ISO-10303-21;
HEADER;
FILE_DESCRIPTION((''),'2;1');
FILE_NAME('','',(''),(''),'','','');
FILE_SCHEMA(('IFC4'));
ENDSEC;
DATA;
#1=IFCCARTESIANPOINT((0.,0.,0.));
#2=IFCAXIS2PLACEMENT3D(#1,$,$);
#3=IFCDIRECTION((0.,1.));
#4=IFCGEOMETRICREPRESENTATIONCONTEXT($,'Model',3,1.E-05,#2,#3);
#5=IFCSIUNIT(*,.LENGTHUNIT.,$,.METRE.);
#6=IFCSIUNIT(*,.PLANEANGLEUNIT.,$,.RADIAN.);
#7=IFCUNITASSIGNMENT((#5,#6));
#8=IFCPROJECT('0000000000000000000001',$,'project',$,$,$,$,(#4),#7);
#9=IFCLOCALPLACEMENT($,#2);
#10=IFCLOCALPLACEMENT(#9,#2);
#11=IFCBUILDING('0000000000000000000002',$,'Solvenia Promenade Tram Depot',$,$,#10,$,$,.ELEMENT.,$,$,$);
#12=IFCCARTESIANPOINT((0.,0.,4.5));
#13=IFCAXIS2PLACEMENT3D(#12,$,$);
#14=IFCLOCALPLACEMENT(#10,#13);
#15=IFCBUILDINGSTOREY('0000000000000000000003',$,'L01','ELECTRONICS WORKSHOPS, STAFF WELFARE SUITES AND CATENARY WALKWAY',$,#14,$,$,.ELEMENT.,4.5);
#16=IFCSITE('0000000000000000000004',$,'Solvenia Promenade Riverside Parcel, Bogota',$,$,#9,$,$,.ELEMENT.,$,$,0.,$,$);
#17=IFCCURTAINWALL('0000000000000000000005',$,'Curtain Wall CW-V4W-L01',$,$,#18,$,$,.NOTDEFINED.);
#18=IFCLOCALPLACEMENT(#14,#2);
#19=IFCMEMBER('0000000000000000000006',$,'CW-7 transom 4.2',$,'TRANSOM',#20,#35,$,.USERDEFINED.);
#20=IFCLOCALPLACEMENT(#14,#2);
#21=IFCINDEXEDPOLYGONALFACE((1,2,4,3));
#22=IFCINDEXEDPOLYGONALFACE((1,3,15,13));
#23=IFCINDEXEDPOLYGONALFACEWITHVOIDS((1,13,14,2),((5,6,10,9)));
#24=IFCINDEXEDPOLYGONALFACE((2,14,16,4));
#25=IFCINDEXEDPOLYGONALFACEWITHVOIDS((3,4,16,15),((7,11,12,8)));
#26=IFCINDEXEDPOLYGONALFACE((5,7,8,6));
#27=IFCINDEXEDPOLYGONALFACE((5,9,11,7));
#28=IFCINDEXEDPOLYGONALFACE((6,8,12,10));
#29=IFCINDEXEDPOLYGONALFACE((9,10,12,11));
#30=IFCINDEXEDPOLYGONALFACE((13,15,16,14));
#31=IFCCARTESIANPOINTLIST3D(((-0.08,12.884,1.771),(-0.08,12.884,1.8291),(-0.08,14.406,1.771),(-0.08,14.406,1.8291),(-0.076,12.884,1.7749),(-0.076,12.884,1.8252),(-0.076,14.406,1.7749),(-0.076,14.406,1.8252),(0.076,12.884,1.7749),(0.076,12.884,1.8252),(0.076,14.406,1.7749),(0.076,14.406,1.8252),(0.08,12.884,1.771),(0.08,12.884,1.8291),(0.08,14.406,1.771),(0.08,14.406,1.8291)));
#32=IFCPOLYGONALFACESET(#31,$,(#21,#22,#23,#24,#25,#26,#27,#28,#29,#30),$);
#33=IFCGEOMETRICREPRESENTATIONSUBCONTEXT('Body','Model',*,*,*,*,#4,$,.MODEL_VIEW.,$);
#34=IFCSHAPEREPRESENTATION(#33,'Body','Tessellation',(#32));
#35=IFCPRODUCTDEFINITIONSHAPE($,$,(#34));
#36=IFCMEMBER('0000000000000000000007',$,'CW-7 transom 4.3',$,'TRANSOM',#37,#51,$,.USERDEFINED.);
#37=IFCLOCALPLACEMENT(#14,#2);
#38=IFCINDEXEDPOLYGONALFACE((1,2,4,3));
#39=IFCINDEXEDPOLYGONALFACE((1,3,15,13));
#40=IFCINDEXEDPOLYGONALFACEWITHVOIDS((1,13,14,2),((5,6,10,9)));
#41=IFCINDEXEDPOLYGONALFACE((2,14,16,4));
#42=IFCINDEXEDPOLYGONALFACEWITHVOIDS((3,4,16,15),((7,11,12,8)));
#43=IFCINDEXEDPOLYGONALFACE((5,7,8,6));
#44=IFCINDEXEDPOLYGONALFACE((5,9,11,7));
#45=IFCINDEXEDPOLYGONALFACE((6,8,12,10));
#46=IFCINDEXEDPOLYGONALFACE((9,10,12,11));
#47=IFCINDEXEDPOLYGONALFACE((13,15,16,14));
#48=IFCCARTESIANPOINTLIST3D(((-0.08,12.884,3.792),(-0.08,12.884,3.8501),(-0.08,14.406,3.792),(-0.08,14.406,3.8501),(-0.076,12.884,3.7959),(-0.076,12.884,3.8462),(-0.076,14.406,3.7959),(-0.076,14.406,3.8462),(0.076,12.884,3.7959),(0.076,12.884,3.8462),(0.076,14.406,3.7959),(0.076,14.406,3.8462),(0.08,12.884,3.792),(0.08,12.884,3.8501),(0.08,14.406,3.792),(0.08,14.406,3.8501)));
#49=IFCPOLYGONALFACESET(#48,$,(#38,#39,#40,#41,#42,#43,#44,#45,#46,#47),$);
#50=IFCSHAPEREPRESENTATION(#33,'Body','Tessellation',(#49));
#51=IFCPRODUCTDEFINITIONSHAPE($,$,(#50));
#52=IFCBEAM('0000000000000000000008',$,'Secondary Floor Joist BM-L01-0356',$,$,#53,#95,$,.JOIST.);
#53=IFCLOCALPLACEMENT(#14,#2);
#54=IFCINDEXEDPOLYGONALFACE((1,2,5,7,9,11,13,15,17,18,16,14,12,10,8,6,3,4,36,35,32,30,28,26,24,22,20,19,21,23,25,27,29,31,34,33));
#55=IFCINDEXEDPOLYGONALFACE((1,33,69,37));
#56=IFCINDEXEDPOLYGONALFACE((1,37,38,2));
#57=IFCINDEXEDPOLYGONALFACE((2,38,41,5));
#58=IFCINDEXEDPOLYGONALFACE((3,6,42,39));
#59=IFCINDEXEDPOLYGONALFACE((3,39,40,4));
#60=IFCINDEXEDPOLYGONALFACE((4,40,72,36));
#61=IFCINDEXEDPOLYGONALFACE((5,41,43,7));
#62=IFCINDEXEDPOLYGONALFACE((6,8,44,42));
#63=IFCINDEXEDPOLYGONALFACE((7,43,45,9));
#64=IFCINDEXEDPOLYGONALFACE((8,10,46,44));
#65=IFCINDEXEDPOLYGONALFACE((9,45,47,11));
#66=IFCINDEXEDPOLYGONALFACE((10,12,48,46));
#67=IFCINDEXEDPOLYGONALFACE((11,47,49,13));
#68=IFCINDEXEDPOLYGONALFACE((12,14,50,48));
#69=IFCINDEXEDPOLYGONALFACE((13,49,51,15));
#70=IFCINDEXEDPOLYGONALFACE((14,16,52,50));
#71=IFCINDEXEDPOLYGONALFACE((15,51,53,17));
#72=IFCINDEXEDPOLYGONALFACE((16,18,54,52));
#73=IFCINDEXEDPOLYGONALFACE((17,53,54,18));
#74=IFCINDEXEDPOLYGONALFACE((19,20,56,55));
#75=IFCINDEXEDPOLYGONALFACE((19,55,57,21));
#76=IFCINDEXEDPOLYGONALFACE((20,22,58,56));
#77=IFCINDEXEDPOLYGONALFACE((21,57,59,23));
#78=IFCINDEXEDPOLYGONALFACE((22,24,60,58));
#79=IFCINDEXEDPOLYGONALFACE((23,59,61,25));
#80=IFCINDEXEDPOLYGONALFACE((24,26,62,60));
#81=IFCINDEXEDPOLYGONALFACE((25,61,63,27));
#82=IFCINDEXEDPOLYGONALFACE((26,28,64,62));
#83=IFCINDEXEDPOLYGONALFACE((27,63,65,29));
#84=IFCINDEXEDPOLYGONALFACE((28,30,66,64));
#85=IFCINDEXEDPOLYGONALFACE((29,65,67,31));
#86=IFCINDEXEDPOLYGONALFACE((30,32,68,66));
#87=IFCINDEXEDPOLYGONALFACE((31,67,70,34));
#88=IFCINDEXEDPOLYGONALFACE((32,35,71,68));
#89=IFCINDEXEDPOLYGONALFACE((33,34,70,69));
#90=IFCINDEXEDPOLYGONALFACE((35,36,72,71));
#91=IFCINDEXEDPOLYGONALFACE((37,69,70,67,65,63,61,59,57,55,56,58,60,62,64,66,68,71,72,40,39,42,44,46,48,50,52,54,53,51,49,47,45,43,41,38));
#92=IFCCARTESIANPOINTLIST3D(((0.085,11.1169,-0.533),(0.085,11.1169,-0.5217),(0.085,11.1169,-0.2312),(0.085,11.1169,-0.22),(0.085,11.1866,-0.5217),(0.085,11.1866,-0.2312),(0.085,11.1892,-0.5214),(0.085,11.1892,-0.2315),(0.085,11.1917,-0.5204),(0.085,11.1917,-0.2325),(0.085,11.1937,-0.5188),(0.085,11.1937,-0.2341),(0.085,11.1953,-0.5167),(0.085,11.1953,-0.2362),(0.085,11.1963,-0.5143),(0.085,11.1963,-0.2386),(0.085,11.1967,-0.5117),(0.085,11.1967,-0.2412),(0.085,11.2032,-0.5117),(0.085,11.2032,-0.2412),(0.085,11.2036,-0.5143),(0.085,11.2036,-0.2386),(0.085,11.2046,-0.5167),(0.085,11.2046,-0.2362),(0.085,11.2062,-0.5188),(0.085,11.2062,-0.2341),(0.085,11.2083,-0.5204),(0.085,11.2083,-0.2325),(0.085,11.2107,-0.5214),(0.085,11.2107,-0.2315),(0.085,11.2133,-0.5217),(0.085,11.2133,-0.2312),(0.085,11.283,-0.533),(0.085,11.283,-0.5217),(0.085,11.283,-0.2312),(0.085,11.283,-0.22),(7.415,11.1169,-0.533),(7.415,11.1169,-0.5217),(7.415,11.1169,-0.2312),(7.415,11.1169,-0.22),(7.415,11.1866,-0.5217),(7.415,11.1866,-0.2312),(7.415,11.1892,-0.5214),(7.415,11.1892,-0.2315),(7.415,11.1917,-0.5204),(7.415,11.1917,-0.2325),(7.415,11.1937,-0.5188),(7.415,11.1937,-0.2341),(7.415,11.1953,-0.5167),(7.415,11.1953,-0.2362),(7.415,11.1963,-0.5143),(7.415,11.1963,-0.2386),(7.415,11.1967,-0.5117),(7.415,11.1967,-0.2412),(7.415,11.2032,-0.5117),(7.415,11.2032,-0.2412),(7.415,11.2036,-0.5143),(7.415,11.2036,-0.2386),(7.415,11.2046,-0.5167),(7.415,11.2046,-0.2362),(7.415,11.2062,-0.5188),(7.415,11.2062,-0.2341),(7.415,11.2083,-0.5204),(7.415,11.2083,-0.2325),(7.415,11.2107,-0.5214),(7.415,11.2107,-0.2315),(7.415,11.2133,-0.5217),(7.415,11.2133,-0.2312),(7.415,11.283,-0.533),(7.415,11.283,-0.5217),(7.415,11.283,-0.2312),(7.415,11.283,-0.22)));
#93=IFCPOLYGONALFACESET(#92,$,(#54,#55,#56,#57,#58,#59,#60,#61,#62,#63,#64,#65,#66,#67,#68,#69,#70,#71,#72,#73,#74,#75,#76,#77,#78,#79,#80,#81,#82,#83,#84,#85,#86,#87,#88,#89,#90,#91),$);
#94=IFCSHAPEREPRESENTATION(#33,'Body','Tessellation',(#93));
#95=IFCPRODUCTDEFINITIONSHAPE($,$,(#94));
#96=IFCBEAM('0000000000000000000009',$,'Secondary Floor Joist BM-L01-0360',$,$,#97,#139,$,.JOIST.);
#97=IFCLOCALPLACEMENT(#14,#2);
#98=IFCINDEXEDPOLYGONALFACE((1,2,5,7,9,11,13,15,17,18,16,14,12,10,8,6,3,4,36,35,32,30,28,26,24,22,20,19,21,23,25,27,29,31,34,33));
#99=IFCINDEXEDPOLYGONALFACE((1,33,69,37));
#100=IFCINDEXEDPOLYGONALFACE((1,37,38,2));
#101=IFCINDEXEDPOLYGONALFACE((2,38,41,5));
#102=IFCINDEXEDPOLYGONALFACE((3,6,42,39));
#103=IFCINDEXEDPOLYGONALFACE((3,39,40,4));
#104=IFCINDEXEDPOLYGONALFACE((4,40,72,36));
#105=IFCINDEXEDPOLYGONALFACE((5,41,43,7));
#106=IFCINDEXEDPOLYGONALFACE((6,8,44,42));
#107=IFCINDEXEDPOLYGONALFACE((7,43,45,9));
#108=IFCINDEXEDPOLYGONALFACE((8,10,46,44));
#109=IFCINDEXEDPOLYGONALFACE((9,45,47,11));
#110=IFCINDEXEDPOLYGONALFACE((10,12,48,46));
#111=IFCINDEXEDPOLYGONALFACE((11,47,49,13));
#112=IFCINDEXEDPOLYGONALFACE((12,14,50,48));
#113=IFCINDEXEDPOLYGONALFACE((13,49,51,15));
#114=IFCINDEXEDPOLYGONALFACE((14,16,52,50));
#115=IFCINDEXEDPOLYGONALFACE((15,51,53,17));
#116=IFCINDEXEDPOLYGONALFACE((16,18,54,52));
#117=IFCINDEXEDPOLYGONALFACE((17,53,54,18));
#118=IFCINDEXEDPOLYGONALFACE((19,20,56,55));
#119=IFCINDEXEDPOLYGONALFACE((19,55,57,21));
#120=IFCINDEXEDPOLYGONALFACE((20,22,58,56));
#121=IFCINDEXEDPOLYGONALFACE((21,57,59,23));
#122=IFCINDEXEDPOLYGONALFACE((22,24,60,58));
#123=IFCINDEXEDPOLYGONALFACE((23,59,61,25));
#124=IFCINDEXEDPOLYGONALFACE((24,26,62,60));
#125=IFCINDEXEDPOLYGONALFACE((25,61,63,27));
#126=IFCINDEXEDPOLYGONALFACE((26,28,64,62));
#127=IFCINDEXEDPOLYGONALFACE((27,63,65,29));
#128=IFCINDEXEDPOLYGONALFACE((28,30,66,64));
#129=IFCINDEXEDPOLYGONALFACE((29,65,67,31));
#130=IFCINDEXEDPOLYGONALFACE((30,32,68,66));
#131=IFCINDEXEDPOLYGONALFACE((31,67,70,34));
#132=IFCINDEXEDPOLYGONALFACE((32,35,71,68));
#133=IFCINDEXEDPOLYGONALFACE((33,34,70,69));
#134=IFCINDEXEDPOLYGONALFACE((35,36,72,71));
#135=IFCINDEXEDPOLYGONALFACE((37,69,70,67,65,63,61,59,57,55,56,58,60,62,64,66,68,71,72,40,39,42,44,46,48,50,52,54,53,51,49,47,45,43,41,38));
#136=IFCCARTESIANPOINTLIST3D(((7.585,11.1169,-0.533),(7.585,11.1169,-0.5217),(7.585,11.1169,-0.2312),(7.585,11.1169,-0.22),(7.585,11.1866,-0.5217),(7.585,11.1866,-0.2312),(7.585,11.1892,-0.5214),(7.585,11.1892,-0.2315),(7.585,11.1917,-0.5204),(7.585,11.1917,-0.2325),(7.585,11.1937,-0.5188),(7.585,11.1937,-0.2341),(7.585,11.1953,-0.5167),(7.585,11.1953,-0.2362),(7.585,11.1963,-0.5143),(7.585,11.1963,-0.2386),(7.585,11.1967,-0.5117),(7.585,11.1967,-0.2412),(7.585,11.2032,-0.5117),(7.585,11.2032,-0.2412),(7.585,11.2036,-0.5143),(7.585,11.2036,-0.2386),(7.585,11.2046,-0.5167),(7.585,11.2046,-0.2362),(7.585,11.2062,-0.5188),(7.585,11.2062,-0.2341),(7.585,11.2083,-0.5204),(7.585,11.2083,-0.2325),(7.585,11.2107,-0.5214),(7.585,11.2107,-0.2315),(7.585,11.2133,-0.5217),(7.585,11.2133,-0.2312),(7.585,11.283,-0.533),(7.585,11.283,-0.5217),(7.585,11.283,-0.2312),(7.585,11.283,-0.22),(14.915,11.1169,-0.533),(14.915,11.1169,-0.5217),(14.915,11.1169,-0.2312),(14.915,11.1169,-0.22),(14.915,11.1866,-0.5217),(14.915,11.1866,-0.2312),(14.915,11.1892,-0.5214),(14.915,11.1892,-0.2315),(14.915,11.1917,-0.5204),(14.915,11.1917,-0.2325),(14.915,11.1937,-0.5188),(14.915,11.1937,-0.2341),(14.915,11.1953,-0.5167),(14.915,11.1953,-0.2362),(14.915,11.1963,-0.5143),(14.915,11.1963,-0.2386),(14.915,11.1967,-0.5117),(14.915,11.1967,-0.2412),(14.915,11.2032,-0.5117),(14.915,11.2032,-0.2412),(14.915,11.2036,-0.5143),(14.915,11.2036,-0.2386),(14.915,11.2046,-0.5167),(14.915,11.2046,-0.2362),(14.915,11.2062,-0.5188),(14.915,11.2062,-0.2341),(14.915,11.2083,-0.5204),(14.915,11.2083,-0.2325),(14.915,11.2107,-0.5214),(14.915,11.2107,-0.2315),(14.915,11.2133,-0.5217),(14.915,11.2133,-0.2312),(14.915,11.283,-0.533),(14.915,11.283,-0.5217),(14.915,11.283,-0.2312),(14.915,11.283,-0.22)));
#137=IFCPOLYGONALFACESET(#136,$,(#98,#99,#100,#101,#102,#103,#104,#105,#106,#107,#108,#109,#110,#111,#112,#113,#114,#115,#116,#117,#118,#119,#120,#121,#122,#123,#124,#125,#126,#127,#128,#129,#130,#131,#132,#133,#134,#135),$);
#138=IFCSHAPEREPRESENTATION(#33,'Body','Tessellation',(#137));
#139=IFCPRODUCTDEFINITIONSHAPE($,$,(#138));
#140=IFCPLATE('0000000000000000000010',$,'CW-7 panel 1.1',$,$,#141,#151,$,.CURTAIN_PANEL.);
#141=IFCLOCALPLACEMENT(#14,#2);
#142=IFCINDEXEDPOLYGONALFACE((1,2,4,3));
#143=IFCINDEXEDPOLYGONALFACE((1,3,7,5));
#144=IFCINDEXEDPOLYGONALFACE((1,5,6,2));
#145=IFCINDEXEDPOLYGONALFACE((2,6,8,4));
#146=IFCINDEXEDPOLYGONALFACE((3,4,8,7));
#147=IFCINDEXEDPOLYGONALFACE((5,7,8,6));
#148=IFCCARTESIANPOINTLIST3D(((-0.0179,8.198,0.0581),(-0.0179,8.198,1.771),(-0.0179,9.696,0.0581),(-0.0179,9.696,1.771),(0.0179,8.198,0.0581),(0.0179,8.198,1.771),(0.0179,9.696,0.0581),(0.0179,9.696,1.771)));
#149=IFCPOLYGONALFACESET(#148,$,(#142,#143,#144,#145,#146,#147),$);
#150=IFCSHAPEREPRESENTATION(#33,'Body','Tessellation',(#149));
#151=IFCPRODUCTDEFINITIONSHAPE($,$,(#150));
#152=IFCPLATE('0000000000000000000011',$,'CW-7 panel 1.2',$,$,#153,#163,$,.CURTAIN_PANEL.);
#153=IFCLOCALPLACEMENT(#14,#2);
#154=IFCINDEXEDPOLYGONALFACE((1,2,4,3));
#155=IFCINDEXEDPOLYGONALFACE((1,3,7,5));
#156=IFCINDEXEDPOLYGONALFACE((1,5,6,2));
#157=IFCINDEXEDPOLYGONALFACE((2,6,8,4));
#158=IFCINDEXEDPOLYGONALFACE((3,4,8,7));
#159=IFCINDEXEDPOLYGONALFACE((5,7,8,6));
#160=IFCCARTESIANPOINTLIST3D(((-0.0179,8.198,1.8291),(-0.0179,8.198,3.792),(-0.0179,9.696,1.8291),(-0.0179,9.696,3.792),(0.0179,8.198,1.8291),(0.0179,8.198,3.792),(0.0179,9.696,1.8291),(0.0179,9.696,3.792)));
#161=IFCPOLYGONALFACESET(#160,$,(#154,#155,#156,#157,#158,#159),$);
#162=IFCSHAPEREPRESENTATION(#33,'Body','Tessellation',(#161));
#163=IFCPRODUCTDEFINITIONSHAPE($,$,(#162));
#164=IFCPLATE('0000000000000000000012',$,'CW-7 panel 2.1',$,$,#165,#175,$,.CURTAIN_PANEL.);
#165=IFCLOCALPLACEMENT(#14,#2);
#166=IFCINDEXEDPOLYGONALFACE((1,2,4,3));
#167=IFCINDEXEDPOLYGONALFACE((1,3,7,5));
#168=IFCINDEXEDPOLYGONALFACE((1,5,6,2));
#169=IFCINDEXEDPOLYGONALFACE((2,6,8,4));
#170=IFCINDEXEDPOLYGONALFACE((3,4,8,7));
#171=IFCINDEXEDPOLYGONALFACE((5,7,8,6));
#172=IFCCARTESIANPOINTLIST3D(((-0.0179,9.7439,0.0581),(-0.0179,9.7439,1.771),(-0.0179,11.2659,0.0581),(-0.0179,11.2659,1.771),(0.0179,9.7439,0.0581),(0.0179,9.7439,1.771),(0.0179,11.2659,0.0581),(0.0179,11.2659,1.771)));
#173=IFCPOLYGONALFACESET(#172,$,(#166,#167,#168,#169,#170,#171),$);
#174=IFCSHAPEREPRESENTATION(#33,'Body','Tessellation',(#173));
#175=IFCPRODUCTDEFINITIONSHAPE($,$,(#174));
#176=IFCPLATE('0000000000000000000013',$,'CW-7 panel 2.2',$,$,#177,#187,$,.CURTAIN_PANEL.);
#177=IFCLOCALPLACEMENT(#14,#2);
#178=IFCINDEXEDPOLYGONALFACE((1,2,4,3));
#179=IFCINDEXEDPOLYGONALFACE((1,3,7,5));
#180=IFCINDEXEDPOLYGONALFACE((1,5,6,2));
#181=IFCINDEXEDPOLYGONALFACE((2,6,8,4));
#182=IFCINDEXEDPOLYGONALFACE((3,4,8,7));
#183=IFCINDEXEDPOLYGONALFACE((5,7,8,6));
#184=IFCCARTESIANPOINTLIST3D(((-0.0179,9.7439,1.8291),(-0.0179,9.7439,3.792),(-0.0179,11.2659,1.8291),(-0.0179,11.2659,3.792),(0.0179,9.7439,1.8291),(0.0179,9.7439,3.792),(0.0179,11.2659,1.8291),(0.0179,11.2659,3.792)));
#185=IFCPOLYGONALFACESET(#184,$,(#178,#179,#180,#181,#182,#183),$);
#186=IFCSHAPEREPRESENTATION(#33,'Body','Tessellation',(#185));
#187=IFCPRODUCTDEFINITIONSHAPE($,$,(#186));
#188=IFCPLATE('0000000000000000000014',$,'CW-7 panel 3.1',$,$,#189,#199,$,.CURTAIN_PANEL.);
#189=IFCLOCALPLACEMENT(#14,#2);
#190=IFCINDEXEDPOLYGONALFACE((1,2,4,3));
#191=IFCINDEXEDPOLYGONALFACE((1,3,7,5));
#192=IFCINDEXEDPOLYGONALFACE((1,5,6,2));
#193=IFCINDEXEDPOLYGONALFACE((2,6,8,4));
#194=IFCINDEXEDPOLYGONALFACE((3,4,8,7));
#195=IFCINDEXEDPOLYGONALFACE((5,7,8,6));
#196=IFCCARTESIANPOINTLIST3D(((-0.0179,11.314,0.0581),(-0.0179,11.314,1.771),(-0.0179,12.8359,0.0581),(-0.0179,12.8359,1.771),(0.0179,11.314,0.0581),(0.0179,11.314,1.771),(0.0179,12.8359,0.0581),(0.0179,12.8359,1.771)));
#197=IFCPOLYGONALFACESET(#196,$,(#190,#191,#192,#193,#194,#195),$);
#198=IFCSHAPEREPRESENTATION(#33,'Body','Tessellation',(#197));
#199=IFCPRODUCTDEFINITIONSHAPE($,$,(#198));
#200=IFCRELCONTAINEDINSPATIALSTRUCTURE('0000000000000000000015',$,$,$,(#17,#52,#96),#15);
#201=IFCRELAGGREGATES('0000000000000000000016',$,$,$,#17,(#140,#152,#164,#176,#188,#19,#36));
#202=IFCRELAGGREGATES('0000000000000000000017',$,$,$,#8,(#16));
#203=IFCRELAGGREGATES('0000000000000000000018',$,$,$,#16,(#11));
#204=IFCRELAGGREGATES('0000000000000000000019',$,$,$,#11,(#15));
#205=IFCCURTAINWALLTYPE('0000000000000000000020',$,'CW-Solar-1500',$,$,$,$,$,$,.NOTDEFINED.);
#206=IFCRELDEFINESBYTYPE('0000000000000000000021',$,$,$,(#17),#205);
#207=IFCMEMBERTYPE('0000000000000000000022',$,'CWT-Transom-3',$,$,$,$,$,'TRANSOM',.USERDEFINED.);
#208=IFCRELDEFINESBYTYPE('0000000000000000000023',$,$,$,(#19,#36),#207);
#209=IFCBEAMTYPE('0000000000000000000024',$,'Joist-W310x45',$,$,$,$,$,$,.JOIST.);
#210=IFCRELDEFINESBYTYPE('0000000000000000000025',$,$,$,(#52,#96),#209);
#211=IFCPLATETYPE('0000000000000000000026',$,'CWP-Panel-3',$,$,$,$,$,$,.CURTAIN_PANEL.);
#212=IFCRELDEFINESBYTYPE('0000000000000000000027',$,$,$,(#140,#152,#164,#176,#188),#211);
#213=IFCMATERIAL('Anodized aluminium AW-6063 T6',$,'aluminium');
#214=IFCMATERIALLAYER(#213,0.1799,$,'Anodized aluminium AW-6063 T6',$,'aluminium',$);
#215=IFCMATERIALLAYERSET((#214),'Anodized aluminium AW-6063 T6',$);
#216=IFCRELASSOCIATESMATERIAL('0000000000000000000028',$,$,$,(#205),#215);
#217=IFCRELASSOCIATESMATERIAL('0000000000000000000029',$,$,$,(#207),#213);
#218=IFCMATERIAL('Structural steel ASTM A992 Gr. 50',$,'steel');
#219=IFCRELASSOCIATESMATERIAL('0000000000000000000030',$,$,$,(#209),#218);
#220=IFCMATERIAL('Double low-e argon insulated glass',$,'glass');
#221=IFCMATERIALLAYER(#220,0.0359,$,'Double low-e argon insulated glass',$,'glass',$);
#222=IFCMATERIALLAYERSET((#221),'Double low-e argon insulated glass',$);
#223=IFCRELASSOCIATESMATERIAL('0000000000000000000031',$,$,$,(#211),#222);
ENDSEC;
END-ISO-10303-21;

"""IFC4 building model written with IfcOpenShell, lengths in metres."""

from ifc_helpers import new_model, si_unit, direction, frame, origin, origin_2d, place, context, subcontext, project, spatial, rectangle, hollow_rectangle, i_section, extrude, material, layer, layer_set, material_profile, profile_set, type_object, element, aggregate, save


model = new_model("IFC4")

# Units and contexts
model_context = context("Model", 3, precision=1e-05, world=origin(), true_north=direction((0.0, 1.0)))
body_context = subcontext(model_context, "Body", "Model", "MODEL_VIEW")
ifc_project = project(units=[si_unit("LENGTHUNIT", "METRE"), si_unit("PLANEANGLEUNIT", "RADIAN")], contexts=[model_context])

# Site, building, storey
site_placement = place(None, origin())
site = spatial("IfcSite", under=ifc_project, at=site_placement, Name="Solvenia Promenade Riverside Parcel, Bogota", CompositionType="ELEMENT", RefElevation=0.0)
building_placement = place(site_placement, origin())
building = spatial("IfcBuilding", under=site, at=building_placement, Name="Solvenia Promenade Tram Depot", CompositionType="ELEMENT")
storey_placement = place(building_placement, frame((0.0, 0.0, 4.5)))
storey = spatial("IfcBuildingStorey", under=building, at=storey_placement, Name="L01", Description="ELECTRONICS WORKSHOPS, STAFF WELFARE SUITES AND CATENARY WALKWAY", CompositionType="ELEMENT", Elevation=4.5)

# Curtain wall, members
ifc_material_1 = material(Name="Anodized aluminium AW-6063 T6", Category="aluminium")
ifc_layer_1 = layer(ifc_material_1, 0.1799, Name="Anodized aluminium AW-6063 T6", Category="aluminium")
ifc_layer_set_1 = layer_set([ifc_layer_1], Name="Anodized aluminium AW-6063 T6")
curtain_wall_type = type_object("IfcCurtainWallType", Name="CW-Solar-1500", PredefinedType="NOTDEFINED", material=ifc_layer_set_1)
curtain_wall_placement = place(storey_placement, origin())
curtain_wall = element("IfcCurtainWall", 1, at=curtain_wall_placement, inside=storey, type_object=curtain_wall_type, Name="Curtain Wall CW-V4W-L01", PredefinedType="NOTDEFINED")
ifc_material_profile_1 = material_profile(ifc_material_1, hollow_rectangle(XDim=0.1599, YDim=0.0581, WallThickness=0.0039, at=origin_2d()), Name="ALU-T3", Category="aluminium")
ifc_profile_set_1 = profile_set([ifc_material_profile_1], Name="Anodized aluminium AW-6063 T6")
member_type_1 = type_object("IfcMemberType", Name="CWT-Transom-3", ElementType="TRANSOM", PredefinedType="USERDEFINED", material=ifc_profile_set_1)
member_1_placement = place(storey_placement, frame((0.0, 12.884, 1.8), z_axis=(0.0, 1.0, 0.0), x_axis=(-1.0, 0.0, 0.0)))
member_1 = element("IfcMember", 2, at=member_1_placement, type_object=member_type_1, Name="CW-7 transom 4.2", ObjectType="TRANSOM", PredefinedType="USERDEFINED", context=body_context, shape_type="SweptSolid", body=[
    extrude(hollow_rectangle(XDim=0.1599, YDim=0.0581, WallThickness=0.0039, at=origin_2d()), origin(), (0.0, 0.0, 1.0), 1.522),
])
member_2_placement = place(storey_placement, frame((0.0, 12.884, 3.821), z_axis=(0.0, 1.0, 0.0), x_axis=(-1.0, 0.0, 0.0)))
member_2 = element("IfcMember", 3, at=member_2_placement, type_object=member_type_1, Name="CW-7 transom 4.3", ObjectType="TRANSOM", PredefinedType="USERDEFINED", context=body_context, shape_type="SweptSolid", body=[
    extrude(hollow_rectangle(XDim=0.1599, YDim=0.0581, WallThickness=0.0039, at=origin_2d()), origin(), (0.0, 0.0, 1.0), 1.522),
])

# Beams
ifc_material_2 = material(Name="Structural steel ASTM A992 Gr. 50", Category="steel")
ifc_material_profile_2 = material_profile(ifc_material_2, i_section(OverallWidth=0.166, OverallDepth=0.313, WebThickness=0.0066, FlangeThickness=0.0112, FilletRadius=0.01, at=origin_2d()), Name="W310x45", Category="steel")
ifc_profile_set_2 = profile_set([ifc_material_profile_2], Name="Structural steel ASTM A992 Gr. 50")
beam_type = type_object("IfcBeamType", Name="Joist-W310x45", PredefinedType="JOIST", material=ifc_profile_set_2)
for number, where, z_axis, x_axis, name in (
    (4, (0.085, 11.2, -0.3765), (1.0, 0.0, 0.0), (0.0, 1.0, 0.0), "Secondary Floor Joist BM-L01-0356"),
    (5, (7.585, 11.2, -0.3765), (1.0, 0.0, 0.0), (0.0, 1.0, 0.0), "Secondary Floor Joist BM-L01-0360"),
):
    element("IfcBeam", number, at=place(storey_placement, frame(where, z_axis=z_axis, x_axis=x_axis)), inside=storey, type_object=beam_type, Name=name, PredefinedType="JOIST", context=body_context, shape_type="SweptSolid", body=[
        extrude(i_section(OverallWidth=0.166, OverallDepth=0.313, WebThickness=0.0066, FlangeThickness=0.0112, FilletRadius=0.01, at=origin_2d()), origin(), (0.0, 0.0, 1.0), 7.3301),
    ])

# Plates
ifc_material_3 = material(Name="Double low-e argon insulated glass", Category="glass")
ifc_layer_2 = layer(ifc_material_3, 0.0359, Name="Double low-e argon insulated glass", Category="glass")
ifc_layer_set_2 = layer_set([ifc_layer_2], Name="Double low-e argon insulated glass")
plate_type = type_object("IfcPlateType", Name="CWP-Panel-3", PredefinedType="CURTAIN_PANEL", material=ifc_layer_set_2)
plate_1_placement = place(storey_placement, frame((0.0, 8.947, 0.0581), z_axis=(0.0, 0.0, 1.0), x_axis=(0.0, 1.0, 0.0)))
plate_1 = element("IfcPlate", 6, at=plate_1_placement, type_object=plate_type, Name="CW-7 panel 1.1", PredefinedType="CURTAIN_PANEL", context=body_context, shape_type="SweptSolid", body=[
    extrude(rectangle(XDim=1.498, YDim=0.0359, at=origin_2d()), origin(), (0.0, 0.0, 1.0), 1.7129),
])
plate_2_placement = place(storey_placement, frame((0.0, 8.947, 1.8291), z_axis=(0.0, 0.0, 1.0), x_axis=(0.0, 1.0, 0.0)))
plate_2 = element("IfcPlate", 7, at=plate_2_placement, type_object=plate_type, Name="CW-7 panel 1.2", PredefinedType="CURTAIN_PANEL", context=body_context, shape_type="SweptSolid", body=[
    extrude(rectangle(XDim=1.498, YDim=0.0359, at=origin_2d()), origin(), (0.0, 0.0, 1.0), 1.9629),
])
plate_3_placement = place(storey_placement, frame((0.0, 10.5049, 0.0581), z_axis=(0.0, 0.0, 1.0), x_axis=(0.0, 1.0, 0.0)))
plate_3 = element("IfcPlate", 8, at=plate_3_placement, type_object=plate_type, Name="CW-7 panel 2.1", PredefinedType="CURTAIN_PANEL", context=body_context, shape_type="SweptSolid", body=[
    extrude(rectangle(XDim=1.522, YDim=0.0359, at=origin_2d()), origin(), (0.0, 0.0, 1.0), 1.7129),
])
plate_4_placement = place(storey_placement, frame((0.0, 10.5049, 1.8291), z_axis=(0.0, 0.0, 1.0), x_axis=(0.0, 1.0, 0.0)))
plate_4 = element("IfcPlate", 9, at=plate_4_placement, type_object=plate_type, Name="CW-7 panel 2.2", PredefinedType="CURTAIN_PANEL", context=body_context, shape_type="SweptSolid", body=[
    extrude(rectangle(XDim=1.522, YDim=0.0359, at=origin_2d()), origin(), (0.0, 0.0, 1.0), 1.9629),
])
plate_5_placement = place(storey_placement, frame((0.0, 12.075, 0.0581), z_axis=(0.0, 0.0, 1.0), x_axis=(0.0, 1.0, 0.0)))
plate_5 = element("IfcPlate", 10, at=plate_5_placement, type_object=plate_type, Name="CW-7 panel 3.1", PredefinedType="CURTAIN_PANEL", context=body_context, shape_type="SweptSolid", body=[
    extrude(rectangle(XDim=1.522, YDim=0.0359, at=origin_2d()), origin(), (0.0, 0.0, 1.0), 1.7129),
])
aggregate(curtain_wall, [plate_1, plate_2, plate_3, plate_4, plate_5, member_1, member_2])

save(model, "model.ifc")
